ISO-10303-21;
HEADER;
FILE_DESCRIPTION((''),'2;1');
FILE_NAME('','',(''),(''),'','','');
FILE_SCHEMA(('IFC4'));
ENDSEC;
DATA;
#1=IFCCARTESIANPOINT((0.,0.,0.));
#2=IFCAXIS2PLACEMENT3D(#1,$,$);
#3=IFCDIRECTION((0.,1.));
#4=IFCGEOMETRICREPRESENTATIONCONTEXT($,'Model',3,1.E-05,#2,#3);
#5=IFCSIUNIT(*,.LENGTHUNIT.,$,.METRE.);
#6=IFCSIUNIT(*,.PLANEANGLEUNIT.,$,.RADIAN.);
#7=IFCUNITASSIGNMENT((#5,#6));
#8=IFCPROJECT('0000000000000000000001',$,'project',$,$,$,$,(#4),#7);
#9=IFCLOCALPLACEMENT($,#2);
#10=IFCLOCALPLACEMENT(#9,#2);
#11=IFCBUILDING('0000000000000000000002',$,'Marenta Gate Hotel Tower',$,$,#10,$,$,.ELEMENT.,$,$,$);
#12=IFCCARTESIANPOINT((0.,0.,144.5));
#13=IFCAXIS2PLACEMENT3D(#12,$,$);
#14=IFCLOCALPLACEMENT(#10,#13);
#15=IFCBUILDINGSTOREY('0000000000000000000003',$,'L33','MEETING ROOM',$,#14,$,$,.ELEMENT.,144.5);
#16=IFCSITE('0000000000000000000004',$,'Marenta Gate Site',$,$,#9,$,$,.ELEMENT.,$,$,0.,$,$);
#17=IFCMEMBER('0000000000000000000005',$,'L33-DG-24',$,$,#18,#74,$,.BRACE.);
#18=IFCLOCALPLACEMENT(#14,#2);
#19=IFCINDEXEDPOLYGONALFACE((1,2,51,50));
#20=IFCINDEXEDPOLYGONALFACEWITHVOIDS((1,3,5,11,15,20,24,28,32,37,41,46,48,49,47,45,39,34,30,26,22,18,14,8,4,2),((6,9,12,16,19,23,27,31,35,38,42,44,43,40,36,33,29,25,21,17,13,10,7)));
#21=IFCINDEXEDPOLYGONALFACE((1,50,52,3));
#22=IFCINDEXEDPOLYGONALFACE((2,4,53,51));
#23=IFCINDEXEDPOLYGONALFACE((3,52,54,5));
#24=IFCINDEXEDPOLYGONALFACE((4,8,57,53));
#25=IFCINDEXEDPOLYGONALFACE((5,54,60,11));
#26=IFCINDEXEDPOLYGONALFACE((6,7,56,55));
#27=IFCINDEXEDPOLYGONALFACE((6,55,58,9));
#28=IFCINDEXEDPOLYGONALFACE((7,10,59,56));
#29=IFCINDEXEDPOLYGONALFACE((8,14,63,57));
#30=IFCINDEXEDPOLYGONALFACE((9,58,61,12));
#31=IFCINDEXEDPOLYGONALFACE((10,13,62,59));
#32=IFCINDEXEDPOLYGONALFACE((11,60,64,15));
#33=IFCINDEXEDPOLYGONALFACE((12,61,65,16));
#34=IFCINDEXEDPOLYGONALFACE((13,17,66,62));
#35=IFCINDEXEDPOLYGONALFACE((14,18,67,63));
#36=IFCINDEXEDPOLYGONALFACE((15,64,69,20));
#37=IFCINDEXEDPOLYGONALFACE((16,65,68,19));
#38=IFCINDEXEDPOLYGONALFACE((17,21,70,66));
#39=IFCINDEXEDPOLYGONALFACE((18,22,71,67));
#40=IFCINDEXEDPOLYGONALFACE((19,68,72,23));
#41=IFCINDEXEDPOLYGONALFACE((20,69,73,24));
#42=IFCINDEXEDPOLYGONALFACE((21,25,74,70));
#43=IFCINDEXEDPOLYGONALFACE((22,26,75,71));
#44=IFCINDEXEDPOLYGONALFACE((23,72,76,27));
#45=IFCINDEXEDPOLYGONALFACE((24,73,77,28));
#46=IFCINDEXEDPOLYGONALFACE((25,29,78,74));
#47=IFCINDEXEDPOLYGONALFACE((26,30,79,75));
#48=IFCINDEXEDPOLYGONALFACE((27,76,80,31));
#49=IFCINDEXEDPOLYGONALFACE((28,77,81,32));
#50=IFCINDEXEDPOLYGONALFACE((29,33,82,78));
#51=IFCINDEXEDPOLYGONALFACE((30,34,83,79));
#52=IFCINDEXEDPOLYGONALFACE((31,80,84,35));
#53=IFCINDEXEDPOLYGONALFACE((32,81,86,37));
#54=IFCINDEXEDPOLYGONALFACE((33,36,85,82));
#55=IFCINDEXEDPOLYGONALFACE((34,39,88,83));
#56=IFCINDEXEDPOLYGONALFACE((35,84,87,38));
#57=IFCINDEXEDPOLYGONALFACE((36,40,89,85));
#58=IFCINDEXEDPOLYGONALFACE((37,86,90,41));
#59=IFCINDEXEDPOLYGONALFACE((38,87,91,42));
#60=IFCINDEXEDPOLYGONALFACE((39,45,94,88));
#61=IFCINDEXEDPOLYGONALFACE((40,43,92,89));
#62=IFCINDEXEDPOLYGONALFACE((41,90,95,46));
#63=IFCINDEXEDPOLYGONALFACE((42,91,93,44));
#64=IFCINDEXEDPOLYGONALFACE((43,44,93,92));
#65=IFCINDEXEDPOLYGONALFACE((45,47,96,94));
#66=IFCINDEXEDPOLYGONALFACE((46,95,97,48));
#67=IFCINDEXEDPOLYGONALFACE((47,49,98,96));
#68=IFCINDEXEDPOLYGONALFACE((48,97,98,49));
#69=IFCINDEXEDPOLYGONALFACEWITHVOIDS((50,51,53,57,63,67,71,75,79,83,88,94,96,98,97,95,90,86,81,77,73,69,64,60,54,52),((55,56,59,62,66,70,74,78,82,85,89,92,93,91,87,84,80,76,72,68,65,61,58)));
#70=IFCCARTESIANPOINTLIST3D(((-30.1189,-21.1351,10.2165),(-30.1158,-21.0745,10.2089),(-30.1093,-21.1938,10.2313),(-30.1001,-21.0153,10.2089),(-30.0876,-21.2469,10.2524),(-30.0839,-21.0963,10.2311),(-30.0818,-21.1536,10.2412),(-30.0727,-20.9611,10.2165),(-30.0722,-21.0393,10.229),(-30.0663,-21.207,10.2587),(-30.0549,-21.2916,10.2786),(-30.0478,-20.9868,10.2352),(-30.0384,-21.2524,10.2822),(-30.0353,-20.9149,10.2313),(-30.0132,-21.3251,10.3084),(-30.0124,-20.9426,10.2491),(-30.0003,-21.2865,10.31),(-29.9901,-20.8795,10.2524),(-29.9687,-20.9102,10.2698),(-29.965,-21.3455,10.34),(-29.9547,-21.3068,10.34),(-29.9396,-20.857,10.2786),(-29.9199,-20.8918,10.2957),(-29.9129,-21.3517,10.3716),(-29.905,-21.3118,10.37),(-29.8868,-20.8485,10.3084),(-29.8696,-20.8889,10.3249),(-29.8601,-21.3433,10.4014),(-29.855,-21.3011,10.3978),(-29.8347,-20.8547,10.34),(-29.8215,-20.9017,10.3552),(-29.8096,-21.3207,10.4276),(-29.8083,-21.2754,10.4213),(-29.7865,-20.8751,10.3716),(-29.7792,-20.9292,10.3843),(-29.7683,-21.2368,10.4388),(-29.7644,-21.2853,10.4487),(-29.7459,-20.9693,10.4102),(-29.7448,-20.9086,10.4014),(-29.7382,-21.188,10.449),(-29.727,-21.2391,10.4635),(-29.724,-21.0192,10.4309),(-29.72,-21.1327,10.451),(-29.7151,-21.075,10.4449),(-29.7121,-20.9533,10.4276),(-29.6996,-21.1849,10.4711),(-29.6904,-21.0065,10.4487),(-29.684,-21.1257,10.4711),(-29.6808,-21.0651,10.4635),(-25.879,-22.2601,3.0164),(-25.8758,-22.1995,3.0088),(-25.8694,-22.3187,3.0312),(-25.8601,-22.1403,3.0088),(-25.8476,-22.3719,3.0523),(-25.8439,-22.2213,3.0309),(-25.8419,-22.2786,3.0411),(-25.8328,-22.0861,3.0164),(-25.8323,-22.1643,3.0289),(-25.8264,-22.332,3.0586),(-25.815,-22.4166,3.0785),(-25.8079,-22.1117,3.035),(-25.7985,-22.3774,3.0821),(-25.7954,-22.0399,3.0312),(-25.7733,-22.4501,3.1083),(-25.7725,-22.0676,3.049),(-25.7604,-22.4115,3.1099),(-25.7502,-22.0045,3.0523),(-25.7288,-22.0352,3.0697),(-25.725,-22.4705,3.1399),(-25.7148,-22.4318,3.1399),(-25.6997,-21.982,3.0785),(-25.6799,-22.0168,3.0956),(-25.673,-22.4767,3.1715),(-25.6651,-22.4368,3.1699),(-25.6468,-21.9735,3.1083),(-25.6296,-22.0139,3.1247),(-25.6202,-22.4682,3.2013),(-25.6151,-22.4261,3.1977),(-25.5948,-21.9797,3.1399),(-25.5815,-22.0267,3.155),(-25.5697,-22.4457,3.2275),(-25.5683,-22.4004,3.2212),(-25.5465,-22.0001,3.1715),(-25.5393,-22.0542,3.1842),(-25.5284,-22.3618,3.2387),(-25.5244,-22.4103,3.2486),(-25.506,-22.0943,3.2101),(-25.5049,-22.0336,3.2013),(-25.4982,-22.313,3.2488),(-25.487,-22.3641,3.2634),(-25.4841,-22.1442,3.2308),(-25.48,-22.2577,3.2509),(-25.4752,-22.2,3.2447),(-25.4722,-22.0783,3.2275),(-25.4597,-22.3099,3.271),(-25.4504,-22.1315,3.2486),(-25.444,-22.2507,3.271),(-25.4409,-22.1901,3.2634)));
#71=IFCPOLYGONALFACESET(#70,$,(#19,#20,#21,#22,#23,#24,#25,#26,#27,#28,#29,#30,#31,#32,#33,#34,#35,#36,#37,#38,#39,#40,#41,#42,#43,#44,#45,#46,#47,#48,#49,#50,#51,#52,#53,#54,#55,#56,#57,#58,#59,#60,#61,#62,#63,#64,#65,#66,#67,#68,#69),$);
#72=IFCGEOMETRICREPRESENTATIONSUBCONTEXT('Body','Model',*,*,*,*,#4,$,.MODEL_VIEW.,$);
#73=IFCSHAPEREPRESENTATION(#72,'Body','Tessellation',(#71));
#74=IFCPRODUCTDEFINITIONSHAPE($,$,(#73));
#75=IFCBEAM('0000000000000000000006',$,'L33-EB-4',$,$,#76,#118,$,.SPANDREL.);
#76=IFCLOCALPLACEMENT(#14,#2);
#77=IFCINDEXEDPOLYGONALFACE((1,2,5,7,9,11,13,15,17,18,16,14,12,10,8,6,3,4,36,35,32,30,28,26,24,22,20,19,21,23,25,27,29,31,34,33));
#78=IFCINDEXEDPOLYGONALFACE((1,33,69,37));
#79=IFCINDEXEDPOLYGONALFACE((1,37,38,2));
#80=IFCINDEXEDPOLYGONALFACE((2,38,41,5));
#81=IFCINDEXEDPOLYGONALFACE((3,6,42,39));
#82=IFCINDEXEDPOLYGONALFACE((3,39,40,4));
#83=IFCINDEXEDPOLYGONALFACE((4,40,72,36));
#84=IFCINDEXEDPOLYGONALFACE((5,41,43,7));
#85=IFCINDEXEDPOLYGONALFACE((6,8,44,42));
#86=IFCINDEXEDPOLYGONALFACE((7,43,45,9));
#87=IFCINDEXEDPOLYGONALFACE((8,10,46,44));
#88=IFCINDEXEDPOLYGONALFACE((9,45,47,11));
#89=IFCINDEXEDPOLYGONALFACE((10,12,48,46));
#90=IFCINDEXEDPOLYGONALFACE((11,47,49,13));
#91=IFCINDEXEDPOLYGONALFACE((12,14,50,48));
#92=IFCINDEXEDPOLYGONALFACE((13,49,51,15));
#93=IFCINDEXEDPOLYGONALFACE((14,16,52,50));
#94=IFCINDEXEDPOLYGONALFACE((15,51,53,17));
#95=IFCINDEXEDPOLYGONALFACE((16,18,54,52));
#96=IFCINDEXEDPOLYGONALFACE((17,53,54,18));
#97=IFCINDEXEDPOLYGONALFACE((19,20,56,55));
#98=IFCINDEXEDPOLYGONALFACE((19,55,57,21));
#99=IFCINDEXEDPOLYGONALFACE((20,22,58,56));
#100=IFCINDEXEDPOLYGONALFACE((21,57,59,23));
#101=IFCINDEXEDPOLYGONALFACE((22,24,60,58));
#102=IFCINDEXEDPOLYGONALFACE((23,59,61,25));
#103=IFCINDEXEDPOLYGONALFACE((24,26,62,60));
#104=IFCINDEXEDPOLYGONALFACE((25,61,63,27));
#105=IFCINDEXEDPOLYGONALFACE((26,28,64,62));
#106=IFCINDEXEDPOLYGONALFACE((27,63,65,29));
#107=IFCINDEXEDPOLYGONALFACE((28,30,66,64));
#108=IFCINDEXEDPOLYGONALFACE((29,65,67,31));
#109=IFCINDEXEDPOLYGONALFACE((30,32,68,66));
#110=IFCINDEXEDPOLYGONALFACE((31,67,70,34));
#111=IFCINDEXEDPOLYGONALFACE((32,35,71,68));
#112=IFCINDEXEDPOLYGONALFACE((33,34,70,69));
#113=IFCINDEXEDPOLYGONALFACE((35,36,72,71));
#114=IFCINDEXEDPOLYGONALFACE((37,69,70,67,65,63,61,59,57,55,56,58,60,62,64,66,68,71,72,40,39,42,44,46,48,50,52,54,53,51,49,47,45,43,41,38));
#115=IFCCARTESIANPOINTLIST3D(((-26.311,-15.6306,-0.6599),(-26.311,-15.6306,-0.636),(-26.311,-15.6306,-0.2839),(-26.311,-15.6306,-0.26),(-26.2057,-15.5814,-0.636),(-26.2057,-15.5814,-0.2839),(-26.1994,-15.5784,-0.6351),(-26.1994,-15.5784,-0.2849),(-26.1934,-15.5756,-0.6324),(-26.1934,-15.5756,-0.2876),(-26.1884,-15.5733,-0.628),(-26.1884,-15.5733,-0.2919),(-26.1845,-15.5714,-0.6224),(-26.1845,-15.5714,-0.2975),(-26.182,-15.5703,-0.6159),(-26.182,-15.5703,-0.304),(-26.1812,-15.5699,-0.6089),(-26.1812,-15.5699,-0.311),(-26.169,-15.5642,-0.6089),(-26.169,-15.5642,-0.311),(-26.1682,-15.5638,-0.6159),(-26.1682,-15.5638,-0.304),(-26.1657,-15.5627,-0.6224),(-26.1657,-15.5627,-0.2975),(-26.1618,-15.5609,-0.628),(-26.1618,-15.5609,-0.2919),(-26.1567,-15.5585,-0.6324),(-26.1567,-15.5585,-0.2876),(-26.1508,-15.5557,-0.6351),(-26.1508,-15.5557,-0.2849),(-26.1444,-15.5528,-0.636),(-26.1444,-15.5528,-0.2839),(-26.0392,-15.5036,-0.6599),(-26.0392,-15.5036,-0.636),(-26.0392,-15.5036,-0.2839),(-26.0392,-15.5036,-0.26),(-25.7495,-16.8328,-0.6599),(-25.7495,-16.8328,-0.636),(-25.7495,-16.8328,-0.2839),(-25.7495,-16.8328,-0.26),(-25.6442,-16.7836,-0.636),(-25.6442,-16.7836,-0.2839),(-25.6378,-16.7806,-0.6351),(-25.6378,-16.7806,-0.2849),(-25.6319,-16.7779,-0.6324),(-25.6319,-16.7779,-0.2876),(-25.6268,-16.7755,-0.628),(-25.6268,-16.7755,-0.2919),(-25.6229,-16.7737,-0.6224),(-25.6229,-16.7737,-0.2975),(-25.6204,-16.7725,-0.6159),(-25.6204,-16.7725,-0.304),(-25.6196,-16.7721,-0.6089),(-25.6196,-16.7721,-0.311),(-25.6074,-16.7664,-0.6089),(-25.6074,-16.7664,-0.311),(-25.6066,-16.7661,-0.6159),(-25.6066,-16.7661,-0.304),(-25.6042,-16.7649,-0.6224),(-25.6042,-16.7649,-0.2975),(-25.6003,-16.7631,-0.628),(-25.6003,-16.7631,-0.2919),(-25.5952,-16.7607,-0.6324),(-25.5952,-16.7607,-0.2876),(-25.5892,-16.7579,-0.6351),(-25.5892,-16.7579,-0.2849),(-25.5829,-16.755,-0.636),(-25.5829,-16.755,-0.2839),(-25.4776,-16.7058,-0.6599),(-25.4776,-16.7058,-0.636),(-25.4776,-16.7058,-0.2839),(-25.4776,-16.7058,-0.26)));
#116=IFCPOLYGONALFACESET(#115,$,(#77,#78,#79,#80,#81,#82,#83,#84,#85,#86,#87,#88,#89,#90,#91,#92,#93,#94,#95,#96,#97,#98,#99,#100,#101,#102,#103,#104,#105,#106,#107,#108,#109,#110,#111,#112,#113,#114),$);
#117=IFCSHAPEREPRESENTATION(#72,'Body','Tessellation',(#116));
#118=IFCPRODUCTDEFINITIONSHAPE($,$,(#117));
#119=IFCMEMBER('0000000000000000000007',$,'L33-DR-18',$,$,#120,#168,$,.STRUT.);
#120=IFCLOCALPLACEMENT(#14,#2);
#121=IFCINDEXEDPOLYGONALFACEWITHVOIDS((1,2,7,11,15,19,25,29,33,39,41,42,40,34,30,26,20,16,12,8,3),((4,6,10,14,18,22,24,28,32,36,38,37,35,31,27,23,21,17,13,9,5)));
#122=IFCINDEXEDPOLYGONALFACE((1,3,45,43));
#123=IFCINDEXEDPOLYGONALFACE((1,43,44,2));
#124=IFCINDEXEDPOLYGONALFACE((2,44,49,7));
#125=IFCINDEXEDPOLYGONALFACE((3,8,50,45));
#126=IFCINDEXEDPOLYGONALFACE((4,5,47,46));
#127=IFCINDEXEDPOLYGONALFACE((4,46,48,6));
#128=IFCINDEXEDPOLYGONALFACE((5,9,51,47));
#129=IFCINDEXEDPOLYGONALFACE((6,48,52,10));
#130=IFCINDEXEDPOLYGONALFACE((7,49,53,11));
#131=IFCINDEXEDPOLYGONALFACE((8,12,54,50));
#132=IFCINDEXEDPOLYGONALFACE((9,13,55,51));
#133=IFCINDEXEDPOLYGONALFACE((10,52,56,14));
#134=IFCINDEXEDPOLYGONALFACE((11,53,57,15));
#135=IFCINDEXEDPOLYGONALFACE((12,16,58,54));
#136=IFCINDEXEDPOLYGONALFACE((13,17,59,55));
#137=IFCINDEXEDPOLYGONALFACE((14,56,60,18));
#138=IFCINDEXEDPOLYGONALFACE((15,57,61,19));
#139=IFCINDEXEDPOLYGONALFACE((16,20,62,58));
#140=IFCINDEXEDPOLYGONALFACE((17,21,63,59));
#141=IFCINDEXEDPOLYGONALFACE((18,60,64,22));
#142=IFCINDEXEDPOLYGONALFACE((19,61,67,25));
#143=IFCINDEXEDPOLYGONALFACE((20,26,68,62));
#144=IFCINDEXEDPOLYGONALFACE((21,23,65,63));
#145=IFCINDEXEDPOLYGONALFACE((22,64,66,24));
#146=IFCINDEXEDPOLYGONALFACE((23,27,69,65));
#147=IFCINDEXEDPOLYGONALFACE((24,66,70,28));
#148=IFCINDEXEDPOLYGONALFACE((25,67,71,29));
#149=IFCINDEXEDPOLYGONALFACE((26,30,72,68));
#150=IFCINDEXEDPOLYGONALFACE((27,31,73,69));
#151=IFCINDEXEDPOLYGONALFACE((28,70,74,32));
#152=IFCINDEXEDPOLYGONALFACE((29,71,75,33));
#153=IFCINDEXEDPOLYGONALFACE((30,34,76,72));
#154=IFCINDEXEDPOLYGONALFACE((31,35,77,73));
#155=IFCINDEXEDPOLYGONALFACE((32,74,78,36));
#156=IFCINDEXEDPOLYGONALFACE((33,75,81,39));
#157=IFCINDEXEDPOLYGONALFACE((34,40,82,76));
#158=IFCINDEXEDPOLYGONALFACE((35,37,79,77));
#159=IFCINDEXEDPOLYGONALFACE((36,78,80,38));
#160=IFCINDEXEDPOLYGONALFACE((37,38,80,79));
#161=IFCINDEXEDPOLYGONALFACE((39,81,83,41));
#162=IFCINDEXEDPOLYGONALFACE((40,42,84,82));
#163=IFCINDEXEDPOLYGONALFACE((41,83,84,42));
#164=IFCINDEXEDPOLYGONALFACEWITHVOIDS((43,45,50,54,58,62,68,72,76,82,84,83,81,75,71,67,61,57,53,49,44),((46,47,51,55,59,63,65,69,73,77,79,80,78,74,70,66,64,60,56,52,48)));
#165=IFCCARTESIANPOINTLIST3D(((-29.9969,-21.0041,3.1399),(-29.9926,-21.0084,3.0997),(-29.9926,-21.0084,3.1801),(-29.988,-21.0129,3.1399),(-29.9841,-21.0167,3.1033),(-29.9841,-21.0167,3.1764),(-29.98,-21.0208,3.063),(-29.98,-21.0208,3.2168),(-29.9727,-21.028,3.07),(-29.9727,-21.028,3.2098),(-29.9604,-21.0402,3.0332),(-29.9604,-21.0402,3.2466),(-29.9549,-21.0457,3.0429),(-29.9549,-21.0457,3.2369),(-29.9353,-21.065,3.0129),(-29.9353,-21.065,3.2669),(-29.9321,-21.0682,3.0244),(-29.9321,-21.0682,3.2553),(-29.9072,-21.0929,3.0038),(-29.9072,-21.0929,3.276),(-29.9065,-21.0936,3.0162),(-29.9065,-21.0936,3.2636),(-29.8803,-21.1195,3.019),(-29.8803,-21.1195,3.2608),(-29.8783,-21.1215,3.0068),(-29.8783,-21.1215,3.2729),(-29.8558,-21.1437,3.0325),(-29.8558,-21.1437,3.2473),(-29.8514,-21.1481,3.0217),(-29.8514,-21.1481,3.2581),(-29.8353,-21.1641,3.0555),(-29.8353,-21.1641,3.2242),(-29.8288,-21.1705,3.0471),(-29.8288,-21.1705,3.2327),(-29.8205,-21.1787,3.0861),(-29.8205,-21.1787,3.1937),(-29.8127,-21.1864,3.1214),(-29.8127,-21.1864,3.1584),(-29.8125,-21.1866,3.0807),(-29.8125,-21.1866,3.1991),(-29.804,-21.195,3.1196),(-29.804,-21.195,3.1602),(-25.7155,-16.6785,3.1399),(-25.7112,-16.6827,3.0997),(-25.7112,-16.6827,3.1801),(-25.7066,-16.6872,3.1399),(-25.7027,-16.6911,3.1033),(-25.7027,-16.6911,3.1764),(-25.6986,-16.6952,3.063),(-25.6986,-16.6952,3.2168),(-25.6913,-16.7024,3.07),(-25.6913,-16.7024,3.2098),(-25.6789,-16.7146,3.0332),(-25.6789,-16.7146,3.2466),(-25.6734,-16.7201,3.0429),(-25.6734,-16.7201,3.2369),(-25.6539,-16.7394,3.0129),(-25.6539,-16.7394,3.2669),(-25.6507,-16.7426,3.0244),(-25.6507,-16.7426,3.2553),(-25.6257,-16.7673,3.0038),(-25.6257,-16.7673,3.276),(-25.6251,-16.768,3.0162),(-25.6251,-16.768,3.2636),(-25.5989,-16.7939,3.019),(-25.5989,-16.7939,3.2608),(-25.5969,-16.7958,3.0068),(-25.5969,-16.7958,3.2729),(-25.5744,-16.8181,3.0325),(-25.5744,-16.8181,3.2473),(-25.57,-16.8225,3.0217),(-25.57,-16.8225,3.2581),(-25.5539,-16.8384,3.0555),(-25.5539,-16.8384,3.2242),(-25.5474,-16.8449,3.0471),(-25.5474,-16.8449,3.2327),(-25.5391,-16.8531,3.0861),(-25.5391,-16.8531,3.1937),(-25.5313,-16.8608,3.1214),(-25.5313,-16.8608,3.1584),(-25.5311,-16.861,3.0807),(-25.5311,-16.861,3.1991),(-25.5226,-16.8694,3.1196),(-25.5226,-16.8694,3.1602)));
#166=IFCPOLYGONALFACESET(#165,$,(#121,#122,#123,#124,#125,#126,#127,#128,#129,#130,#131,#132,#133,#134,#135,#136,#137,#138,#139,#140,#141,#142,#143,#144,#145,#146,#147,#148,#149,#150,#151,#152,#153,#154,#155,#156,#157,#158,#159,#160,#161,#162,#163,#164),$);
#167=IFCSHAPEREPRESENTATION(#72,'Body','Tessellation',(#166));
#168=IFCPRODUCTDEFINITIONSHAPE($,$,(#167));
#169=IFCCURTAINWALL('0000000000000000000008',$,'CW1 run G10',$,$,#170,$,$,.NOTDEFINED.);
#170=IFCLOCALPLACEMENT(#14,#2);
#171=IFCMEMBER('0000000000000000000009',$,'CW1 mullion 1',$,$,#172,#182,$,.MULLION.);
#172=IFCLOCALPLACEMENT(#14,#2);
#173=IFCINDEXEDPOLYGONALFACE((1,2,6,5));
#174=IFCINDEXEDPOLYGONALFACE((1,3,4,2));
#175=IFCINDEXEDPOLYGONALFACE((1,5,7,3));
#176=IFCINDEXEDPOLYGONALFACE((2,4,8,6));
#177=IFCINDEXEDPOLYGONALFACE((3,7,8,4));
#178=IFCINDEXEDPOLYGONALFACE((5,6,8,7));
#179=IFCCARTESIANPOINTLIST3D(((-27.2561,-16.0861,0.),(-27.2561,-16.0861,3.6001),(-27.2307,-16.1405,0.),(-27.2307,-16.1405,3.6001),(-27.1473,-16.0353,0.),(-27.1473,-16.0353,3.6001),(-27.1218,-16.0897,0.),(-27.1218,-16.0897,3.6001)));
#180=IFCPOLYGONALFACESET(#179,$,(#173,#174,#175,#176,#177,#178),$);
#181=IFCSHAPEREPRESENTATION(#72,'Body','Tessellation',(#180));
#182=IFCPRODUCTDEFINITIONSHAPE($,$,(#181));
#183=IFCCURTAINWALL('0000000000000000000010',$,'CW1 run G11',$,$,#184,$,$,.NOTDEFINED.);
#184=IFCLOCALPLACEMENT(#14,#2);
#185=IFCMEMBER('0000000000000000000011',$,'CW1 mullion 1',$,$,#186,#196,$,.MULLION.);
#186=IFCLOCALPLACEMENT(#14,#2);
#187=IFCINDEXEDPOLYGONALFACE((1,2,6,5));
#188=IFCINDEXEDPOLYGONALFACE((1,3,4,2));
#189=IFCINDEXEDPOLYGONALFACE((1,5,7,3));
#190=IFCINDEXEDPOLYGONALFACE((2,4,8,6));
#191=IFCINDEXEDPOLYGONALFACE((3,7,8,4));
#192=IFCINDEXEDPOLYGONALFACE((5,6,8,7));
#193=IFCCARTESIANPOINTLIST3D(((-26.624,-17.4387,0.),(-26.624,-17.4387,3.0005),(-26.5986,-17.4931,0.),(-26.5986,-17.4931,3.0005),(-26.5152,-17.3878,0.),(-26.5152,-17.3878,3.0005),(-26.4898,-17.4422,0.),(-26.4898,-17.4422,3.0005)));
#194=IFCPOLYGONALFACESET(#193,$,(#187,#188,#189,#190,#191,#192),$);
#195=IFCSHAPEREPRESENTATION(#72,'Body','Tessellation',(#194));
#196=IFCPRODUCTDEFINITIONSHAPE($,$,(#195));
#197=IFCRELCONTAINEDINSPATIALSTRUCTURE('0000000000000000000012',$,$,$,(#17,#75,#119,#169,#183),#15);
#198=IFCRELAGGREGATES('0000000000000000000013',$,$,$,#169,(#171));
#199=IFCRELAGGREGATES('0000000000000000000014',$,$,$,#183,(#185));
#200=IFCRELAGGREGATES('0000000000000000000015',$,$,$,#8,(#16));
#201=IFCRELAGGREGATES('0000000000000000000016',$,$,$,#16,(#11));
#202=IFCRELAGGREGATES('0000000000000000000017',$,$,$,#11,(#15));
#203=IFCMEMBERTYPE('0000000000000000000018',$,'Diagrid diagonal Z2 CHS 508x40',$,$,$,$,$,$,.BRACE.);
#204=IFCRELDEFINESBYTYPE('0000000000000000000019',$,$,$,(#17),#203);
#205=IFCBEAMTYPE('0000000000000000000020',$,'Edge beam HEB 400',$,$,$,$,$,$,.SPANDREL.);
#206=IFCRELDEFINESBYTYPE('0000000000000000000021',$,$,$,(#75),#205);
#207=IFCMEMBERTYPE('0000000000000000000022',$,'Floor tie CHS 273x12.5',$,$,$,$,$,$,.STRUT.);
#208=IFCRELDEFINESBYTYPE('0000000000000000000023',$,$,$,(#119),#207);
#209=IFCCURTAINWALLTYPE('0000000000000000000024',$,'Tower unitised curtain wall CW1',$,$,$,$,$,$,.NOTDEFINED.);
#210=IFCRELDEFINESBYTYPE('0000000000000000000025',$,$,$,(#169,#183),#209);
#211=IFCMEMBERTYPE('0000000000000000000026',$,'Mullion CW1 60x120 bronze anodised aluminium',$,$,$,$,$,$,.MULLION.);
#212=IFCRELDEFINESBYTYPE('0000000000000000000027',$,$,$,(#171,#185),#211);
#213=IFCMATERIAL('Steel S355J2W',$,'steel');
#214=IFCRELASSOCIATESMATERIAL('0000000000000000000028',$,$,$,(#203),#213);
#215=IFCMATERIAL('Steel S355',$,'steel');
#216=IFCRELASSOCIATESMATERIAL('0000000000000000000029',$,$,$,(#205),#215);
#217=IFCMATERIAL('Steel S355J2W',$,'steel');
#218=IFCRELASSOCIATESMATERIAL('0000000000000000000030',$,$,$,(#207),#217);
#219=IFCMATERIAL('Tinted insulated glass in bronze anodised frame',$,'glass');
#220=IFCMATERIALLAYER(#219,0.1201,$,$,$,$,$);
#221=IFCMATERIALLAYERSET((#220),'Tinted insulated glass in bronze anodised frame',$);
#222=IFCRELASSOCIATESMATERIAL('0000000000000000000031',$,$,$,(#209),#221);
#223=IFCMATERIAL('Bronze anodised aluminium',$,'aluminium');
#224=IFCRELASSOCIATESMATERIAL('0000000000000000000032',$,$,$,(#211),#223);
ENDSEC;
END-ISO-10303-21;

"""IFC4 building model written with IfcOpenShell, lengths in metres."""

from ifc_helpers import new_model, si_unit, direction, frame, origin, origin_2d, place, context, subcontext, project, spatial, rectangle, hollow_circle, i_section, extrude, material, layer, layer_set, material_profile, profile_set, type_object, element, aggregate, save


model = new_model("IFC4")

# Units and contexts
model_context = context("Model", 3, precision=1e-05, world=origin(), true_north=direction((0.0, 1.0)))
body_context = subcontext(model_context, "Body", "Model", "MODEL_VIEW")
ifc_project = project(units=[si_unit("LENGTHUNIT", "METRE"), si_unit("PLANEANGLEUNIT", "RADIAN")], contexts=[model_context])

# Site, building, storey
site_placement = place(None, origin())
site = spatial("IfcSite", under=ifc_project, at=site_placement, Name="Marenta Gate Site", CompositionType="ELEMENT", RefElevation=0.0)
building_placement = place(site_placement, origin())
building = spatial("IfcBuilding", under=site, at=building_placement, Name="Marenta Gate Hotel Tower", CompositionType="ELEMENT")
storey_placement = place(building_placement, frame((0.0, 0.0, 144.5)))
storey = spatial("IfcBuildingStorey", under=building, at=storey_placement, Name="L33", Description="MEETING ROOM", CompositionType="ELEMENT", Elevation=144.5)

# Member
ifc_material_1 = material(Name="Steel S355J2W", Category="steel")
ifc_material_profile_1 = material_profile(ifc_material_1, hollow_circle(Radius=0.2539, WallThickness=0.04, at=origin_2d()), Name="CHS 508x40")
ifc_profile_set_1 = profile_set([ifc_material_profile_1], Name="Steel S355J2W")
member_type_1 = type_object("IfcMemberType", Name="Diagrid diagonal Z2 CHS 508x40", PredefinedType="BRACE", material=ifc_profile_set_1)
member_1_placement = place(storey_placement, frame((-25.6599, -22.2251, 3.1399), z_axis=(-0.50289, 0.133432, 0.853989), x_axis=(-0.256457, -0.966556, 0.0)))
element("IfcMember", 1, at=member_1_placement, inside=storey, type_object=member_type_1, Name="L33-DG-24", PredefinedType="BRACE", context=body_context, shape_type="SweptSolid", body=[
    extrude(hollow_circle(Radius=0.2539, WallThickness=0.04, at=origin_2d()), origin(), (0.0, 0.0, 1.0), 8.4312),
])

# Beam
ifc_material_2 = material(Name="Steel S355", Category="steel")
ifc_material_profile_2 = material_profile(ifc_material_2, i_section(OverallWidth=0.3, OverallDepth=0.3999, WebThickness=0.0134, FlangeThickness=0.0239, FilletRadius=0.0271, at=origin_2d()), Name="HEB 400")
ifc_profile_set_2 = profile_set([ifc_material_profile_2], Name="Steel S355")
beam_type = type_object("IfcBeamType", Name="Edge beam HEB 400", PredefinedType="SPANDREL", material=ifc_profile_set_2)
beam_placement = place(storey_placement, frame((-25.6135, -16.7693, -0.46), z_axis=(-0.423208, 0.906033, 0.0), x_axis=(-0.906033, -0.423208, 0.0)))
element("IfcBeam", 2, at=beam_placement, inside=storey, type_object=beam_type, Name="L33-EB-4", PredefinedType="SPANDREL", context=body_context, shape_type="SweptSolid", body=[
    extrude(i_section(OverallWidth=0.3, OverallDepth=0.3999, WebThickness=0.0134, FlangeThickness=0.0239, FilletRadius=0.0271, at=origin_2d()), origin(), (0.0, 0.0, 1.0), 1.3269),
])

# Member
ifc_material_3 = material(Name="Steel S355J2W", Category="steel")
ifc_material_profile_3 = material_profile(ifc_material_3, hollow_circle(Radius=0.1365, WallThickness=0.0125, at=origin_2d()), Name="CHS 273x12.5")
ifc_profile_set_3 = profile_set([ifc_material_profile_3], Name="Steel S355J2W")
member_type_2 = type_object("IfcMemberType", Name="Floor tie CHS 273x12.5", PredefinedType="STRUT", material=ifc_profile_set_3)
member_2_placement = place(storey_placement, frame((-29.8999, -21.1001, 3.1399), z_axis=(0.703467, 0.710728, 0.0), x_axis=(-0.710728, 0.703467, 0.0)))
element("IfcMember", 3, at=member_2_placement, inside=storey, type_object=member_type_2, Name="L33-DR-18", PredefinedType="STRUT", context=body_context, shape_type="SweptSolid", body=[
    extrude(hollow_circle(Radius=0.1365, WallThickness=0.0125, at=origin_2d()), origin(), (0.0, 0.0, 1.0), 6.0862),
])

# Curtain walls, members
ifc_material_4 = material(Name="Tinted insulated glass in bronze anodised frame", Category="glass")
ifc_layer_1 = layer(ifc_material_4, 0.1201)
ifc_layer_set_1 = layer_set([ifc_layer_1], Name="Tinted insulated glass in bronze anodised frame")
curtain_wall_type = type_object("IfcCurtainWallType", Name="Tower unitised curtain wall CW1", PredefinedType="NOTDEFINED", material=ifc_layer_set_1)
curtain_wall_1_placement = place(storey_placement, origin())
curtain_wall_1 = element("IfcCurtainWall", 4, at=curtain_wall_1_placement, inside=storey, type_object=curtain_wall_type, Name="CW1 run G10", PredefinedType="NOTDEFINED")
ifc_material_5 = material(Name="Bronze anodised aluminium", Category="aluminium")
ifc_material_profile_4 = material_profile(ifc_material_5, rectangle(XDim=0.1201, YDim=0.0601, at=origin_2d()), Name="Mullion CW1 60x120 bronze anodised aluminium")
ifc_profile_set_4 = profile_set([ifc_material_profile_4], Name="Bronze anodised aluminium")
member_type_3 = type_object("IfcMemberType", Name="Mullion CW1 60x120 bronze anodised aluminium", PredefinedType="MULLION", material=ifc_profile_set_4)
member_3_placement = place(storey_placement, frame((-27.189, -16.0879, 0.0), z_axis=(0.0, 0.0, 1.0), x_axis=(0.905967, 0.423347, 0.0)))
member_3 = element("IfcMember", 5, at=member_3_placement, type_object=member_type_3, Name="CW1 mullion 1", PredefinedType="MULLION", context=body_context, shape_type="SweptSolid", body=[
    extrude(rectangle(XDim=0.1201, YDim=0.0601, at=origin_2d()), origin(), (0.0, 0.0, 1.0), 3.6001),
])
curtain_wall_2_placement = place(storey_placement, origin())
curtain_wall_2 = element("IfcCurtainWall", 6, at=curtain_wall_2_placement, inside=storey, type_object=curtain_wall_type, Name="CW1 run G11", PredefinedType="NOTDEFINED")
member_4_placement = place(storey_placement, frame((-26.5569, -17.4404, 0.0), z_axis=(0.0, 0.0, 1.0), x_axis=(0.905961, 0.423362, 0.0)))
member_4 = element("IfcMember", 7, at=member_4_placement, type_object=member_type_3, Name="CW1 mullion 1", PredefinedType="MULLION", context=body_context, shape_type="SweptSolid", body=[
    extrude(rectangle(XDim=0.1201, YDim=0.0601, at=origin_2d()), origin(), (0.0, 0.0, 1.0), 3.0005),
])

aggregate(curtain_wall_1, [member_3])
aggregate(curtain_wall_2, [member_4])

save(model, "model.ifc")
